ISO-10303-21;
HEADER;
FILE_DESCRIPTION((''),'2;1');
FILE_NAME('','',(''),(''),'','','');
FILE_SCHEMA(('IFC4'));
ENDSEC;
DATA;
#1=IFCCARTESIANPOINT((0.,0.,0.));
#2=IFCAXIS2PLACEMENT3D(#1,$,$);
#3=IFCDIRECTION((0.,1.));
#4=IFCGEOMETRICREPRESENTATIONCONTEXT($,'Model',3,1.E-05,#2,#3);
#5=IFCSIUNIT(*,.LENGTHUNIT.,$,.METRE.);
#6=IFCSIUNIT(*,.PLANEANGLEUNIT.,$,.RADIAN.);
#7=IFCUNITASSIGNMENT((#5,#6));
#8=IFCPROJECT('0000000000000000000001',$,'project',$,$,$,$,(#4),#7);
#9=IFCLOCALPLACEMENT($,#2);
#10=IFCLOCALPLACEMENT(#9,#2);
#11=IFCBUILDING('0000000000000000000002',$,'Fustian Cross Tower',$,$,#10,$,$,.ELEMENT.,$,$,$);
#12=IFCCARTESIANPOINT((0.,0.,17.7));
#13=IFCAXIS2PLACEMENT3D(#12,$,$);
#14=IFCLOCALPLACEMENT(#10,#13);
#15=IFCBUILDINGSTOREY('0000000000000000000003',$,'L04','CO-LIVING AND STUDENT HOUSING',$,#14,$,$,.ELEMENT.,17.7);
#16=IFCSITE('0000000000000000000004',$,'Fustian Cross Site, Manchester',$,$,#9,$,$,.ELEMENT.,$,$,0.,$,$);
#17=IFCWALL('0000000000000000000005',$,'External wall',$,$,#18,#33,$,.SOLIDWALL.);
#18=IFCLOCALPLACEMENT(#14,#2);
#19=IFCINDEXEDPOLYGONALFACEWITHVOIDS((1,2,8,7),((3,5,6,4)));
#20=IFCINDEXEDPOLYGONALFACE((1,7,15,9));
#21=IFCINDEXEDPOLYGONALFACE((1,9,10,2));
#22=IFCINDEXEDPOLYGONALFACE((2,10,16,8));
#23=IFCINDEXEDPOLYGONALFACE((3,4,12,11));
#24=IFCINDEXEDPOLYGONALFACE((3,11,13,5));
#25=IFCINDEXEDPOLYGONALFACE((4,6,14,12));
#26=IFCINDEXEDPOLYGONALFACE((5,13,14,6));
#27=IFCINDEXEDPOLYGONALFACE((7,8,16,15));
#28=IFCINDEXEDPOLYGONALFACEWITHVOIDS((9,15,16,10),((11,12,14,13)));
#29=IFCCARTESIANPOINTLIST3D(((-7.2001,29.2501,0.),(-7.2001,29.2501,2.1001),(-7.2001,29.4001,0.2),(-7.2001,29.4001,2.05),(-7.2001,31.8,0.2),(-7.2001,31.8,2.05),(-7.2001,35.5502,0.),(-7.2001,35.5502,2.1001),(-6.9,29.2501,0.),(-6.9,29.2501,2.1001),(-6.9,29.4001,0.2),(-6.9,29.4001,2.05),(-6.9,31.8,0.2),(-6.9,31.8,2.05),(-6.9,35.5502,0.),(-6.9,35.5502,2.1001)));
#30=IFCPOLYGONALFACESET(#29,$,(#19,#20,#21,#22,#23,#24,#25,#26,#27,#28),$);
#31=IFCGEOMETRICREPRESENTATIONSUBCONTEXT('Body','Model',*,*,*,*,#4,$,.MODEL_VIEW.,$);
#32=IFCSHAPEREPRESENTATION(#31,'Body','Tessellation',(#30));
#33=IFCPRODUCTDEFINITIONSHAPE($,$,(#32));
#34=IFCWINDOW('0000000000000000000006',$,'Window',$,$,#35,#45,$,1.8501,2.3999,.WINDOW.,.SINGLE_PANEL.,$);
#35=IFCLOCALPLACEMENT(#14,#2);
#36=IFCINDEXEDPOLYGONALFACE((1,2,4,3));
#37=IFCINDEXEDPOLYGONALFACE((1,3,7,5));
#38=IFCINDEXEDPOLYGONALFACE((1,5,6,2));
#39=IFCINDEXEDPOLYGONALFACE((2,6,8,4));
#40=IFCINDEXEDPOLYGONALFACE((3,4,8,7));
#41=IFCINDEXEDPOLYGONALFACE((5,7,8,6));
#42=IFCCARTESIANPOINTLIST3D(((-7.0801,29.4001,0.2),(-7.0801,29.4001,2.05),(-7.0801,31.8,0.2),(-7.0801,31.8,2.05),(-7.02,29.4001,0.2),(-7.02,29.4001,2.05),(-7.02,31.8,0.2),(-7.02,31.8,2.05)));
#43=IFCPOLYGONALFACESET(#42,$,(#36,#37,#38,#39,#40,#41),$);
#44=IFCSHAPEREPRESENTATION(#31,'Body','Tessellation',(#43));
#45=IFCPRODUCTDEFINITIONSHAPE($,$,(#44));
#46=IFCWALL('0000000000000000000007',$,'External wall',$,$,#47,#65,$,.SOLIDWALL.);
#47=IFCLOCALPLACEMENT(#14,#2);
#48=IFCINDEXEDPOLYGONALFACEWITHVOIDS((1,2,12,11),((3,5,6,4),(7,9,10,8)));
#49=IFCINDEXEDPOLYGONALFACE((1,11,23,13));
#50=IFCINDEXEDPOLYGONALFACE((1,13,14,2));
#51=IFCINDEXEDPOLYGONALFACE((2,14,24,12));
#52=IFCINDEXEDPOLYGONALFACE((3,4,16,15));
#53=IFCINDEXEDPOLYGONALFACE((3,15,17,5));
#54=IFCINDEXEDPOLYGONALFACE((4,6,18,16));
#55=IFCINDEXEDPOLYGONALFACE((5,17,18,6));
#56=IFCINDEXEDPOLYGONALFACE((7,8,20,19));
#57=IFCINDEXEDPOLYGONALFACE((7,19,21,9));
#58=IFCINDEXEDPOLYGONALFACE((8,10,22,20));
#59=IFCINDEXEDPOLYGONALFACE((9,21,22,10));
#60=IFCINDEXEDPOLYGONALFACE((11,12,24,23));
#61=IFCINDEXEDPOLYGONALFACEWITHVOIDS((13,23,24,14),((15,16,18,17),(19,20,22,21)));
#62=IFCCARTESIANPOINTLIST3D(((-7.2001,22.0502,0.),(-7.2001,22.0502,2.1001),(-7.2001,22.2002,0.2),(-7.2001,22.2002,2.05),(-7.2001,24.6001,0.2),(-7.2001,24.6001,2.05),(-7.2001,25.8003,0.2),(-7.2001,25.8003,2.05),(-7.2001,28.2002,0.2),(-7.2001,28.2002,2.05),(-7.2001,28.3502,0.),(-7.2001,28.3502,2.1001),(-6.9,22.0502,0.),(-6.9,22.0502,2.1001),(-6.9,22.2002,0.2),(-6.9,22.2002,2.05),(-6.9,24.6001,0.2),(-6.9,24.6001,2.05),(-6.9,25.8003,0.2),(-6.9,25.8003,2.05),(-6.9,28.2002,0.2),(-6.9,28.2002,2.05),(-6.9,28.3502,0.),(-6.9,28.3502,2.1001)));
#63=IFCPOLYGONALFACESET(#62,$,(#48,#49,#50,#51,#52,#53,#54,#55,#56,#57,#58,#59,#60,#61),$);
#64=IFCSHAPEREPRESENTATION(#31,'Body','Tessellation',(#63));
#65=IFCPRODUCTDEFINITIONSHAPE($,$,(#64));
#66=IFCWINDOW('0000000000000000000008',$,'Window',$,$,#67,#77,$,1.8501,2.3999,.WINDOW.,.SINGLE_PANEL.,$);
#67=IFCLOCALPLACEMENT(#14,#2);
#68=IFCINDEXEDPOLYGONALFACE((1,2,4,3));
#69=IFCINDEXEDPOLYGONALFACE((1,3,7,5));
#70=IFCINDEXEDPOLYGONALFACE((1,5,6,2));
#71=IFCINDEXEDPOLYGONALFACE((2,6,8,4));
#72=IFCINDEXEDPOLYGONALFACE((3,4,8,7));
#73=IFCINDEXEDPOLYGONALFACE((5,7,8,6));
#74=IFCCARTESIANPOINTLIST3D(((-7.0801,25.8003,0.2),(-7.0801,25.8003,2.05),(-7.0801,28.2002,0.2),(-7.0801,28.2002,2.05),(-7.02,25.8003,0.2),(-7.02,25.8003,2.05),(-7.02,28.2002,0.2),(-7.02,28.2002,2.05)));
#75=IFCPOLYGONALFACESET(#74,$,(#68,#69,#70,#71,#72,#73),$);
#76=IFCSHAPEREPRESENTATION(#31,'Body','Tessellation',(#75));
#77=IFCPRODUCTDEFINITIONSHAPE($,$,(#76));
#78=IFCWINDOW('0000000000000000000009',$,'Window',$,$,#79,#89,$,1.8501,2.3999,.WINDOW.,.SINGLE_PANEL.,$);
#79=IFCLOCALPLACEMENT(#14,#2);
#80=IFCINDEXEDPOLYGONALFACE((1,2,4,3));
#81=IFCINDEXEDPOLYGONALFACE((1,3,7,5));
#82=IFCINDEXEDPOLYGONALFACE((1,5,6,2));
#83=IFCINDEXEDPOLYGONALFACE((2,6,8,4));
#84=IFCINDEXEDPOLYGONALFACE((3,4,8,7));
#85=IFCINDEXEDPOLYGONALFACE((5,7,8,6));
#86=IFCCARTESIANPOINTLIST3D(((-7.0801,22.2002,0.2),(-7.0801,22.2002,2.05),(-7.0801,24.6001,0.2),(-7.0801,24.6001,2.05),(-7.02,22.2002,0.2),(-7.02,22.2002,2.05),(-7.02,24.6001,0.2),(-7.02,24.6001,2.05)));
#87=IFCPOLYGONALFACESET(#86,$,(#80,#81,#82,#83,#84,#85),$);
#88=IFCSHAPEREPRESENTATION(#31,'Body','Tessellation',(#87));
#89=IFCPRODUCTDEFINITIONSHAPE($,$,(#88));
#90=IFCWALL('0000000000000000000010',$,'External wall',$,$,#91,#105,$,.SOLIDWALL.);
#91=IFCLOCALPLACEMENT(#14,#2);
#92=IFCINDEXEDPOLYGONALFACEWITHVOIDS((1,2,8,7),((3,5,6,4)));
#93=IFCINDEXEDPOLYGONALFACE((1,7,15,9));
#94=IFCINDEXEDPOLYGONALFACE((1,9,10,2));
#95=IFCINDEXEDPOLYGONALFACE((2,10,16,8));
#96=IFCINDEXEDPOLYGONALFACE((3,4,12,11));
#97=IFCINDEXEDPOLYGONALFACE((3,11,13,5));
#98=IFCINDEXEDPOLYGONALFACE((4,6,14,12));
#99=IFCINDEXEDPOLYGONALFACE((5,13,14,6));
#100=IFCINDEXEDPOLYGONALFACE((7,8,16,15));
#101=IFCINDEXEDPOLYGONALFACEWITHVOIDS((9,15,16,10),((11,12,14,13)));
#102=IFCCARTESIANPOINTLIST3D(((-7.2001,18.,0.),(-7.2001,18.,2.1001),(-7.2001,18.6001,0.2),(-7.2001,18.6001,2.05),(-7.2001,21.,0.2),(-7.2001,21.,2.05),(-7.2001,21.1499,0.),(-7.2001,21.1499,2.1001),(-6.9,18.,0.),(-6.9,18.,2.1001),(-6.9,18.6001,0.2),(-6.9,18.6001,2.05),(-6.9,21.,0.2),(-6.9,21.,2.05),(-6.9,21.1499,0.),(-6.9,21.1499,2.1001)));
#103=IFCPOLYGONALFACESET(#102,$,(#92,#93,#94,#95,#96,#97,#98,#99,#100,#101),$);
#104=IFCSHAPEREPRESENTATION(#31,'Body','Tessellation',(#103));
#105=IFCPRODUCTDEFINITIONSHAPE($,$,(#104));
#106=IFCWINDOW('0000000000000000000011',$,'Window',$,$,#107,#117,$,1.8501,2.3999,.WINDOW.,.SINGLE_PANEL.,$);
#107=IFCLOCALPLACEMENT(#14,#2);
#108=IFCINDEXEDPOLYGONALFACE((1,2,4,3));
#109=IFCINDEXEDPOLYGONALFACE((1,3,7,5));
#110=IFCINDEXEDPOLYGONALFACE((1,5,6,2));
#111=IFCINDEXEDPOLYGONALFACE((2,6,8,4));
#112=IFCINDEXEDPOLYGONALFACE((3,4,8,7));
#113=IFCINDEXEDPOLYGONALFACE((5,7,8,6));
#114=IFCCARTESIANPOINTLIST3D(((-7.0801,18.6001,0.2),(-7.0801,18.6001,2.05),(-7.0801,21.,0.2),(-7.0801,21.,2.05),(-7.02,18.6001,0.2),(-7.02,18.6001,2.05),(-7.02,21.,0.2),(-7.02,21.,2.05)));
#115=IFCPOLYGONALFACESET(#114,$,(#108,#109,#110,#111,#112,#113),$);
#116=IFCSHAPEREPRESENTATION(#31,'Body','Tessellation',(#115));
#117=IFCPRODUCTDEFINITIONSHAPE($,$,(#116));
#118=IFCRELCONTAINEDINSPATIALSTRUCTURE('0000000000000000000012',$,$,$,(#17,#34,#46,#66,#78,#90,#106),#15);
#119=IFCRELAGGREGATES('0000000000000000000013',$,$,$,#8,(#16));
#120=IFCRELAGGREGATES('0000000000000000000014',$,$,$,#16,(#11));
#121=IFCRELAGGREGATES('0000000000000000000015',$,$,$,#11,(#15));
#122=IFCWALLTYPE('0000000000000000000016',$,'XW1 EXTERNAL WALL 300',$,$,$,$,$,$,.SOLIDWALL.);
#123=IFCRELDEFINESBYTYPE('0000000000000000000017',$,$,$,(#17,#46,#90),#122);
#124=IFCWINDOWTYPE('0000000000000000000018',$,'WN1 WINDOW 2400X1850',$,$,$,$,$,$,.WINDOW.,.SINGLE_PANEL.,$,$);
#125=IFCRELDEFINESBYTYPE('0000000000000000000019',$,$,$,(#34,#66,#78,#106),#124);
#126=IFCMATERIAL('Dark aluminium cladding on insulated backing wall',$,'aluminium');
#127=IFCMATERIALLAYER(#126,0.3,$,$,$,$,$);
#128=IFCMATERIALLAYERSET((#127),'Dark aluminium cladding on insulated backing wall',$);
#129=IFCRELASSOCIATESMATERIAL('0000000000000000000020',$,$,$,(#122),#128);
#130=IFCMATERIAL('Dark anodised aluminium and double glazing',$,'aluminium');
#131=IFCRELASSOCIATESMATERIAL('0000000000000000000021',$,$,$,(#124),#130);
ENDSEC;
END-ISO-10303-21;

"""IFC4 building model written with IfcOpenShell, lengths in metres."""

from ifc_helpers import new_model, si_unit, direction, frame, frame_2d, origin, place, context, subcontext, project, spatial, rectangle, extrude, material, layer, layer_set, type_object, element, fill, save


model = new_model("IFC4")

# Units and contexts
model_context = context("Model", 3, precision=1e-05, world=origin(), true_north=direction((0.0, 1.0)))
body_context = subcontext(model_context, "Body", "Model", "MODEL_VIEW")
ifc_project = project(units=[si_unit("LENGTHUNIT", "METRE"), si_unit("PLANEANGLEUNIT", "RADIAN")], contexts=[model_context])

# Site, building, storey
site_placement = place(None, origin())
site = spatial("IfcSite", under=ifc_project, at=site_placement, Name="Fustian Cross Site, Manchester", CompositionType="ELEMENT", RefElevation=0.0)
building_placement = place(site_placement, origin())
building = spatial("IfcBuilding", under=site, at=building_placement, Name="Fustian Cross Tower", CompositionType="ELEMENT")
storey_placement = place(building_placement, frame((0.0, 0.0, 17.7)))
storey = spatial("IfcBuildingStorey", under=building, at=storey_placement, Name="L04", Description="CO-LIVING AND STUDENT HOUSING", CompositionType="ELEMENT", Elevation=17.7)

# Wall, opening, window
ifc_material_1 = material(Name="Dark aluminium cladding on insulated backing wall", Category="aluminium")
ifc_layer_1 = layer(ifc_material_1, 0.3)
ifc_layer_set_1 = layer_set([ifc_layer_1], Name="Dark aluminium cladding on insulated backing wall")
wall_type_1 = type_object("IfcWallType", Name="XW1 EXTERNAL WALL 300", PredefinedType="SOLIDWALL", material=ifc_layer_set_1)
wall_1_placement = place(storey_placement, frame((-7.05, 35.55, 0.0), z_axis=(0.0, 0.0, 1.0), x_axis=(0.0, -1.0, 0.0)))
wall_1 = element("IfcWall", 1, at=wall_1_placement, inside=storey, type_object=wall_type_1, Name="External wall", PredefinedType="SOLIDWALL", context=body_context, shape_type="SweptSolid", body=[
    extrude(rectangle(XDim=6.3, YDim=0.3, at=frame_2d((3.1499, 0.0))), origin(), (0.0, 0.0, 1.0), 2.1001),
])
opening_1_placement = place(wall_1_placement, frame((3.75, 0.0, 0.2)))
opening_1 = element("IfcOpeningElement", 2, at=opening_1_placement, cuts=wall_1, PredefinedType="OPENING", context=body_context, shape_type="SweptSolid", body=[
    extrude(rectangle(XDim=2.3999, YDim=1.8501, at=frame_2d((1.2, 0.925))), frame((0.0, 0.1599, 0.0), z_axis=(0.0, -1.0, 0.0), x_axis=(1.0, 0.0, 0.0)), (0.0, 0.0, 1.0), 0.3201),
])
ifc_material_2 = material(Name="Dark anodised aluminium and double glazing", Category="aluminium")
window_type_1 = type_object("IfcWindowType", Name="WN1 WINDOW 2400X1850", PartitioningType="SINGLE_PANEL", PredefinedType="WINDOW", material=ifc_material_2)
window_1_placement = place(opening_1_placement, origin())
window_1 = element("IfcWindow", 3, at=window_1_placement, inside=storey, type_object=window_type_1, Name="Window", OverallHeight=1.8501, OverallWidth=2.3999, PartitioningType="SINGLE_PANEL", PredefinedType="WINDOW", context=body_context, shape_type="SweptSolid", body=[
    extrude(rectangle(XDim=2.3999, YDim=1.8501, at=frame_2d((1.2, 0.925))), frame((0.0, 0.03, 0.0), z_axis=(0.0, -1.0, 0.0), x_axis=(1.0, 0.0, 0.0)), (0.0, 0.0, 1.0), 0.0601),
])
fill(opening_1, window_1)

# Wall, openings, windows
wall_2_placement = place(storey_placement, frame((-7.05, 28.3501, 0.0), z_axis=(0.0, 0.0, 1.0), x_axis=(0.0, -1.0, 0.0)))
wall_2 = element("IfcWall", 4, at=wall_2_placement, inside=storey, type_object=wall_type_1, Name="External wall", PredefinedType="SOLIDWALL", context=body_context, shape_type="SweptSolid", body=[
    extrude(rectangle(XDim=6.3, YDim=0.3, at=frame_2d((3.1499, 0.0))), origin(), (0.0, 0.0, 1.0), 2.1001),
])
opening_2_placement = place(wall_2_placement, frame((0.1499, 0.0, 0.2)))
opening_2 = element("IfcOpeningElement", 5, at=opening_2_placement, cuts=wall_2, PredefinedType="OPENING", context=body_context, shape_type="SweptSolid", body=[
    extrude(rectangle(XDim=2.3999, YDim=1.8501, at=frame_2d((1.2, 0.925))), frame((0.0, 0.1599, 0.0), z_axis=(0.0, -1.0, 0.0), x_axis=(1.0, 0.0, 0.0)), (0.0, 0.0, 1.0), 0.3201),
])
opening_3_placement = place(wall_2_placement, frame((3.75, 0.0, 0.2)))
opening_3 = element("IfcOpeningElement", 6, at=opening_3_placement, cuts=wall_2, PredefinedType="OPENING", context=body_context, shape_type="SweptSolid", body=[
    extrude(rectangle(XDim=2.3999, YDim=1.8501, at=frame_2d((1.2, 0.925))), frame((0.0, 0.1599, 0.0), z_axis=(0.0, -1.0, 0.0), x_axis=(1.0, 0.0, 0.0)), (0.0, 0.0, 1.0), 0.3201),
])
window_2_placement = place(opening_2_placement, origin())
window_2 = element("IfcWindow", 7, at=window_2_placement, inside=storey, type_object=window_type_1, Name="Window", OverallHeight=1.8501, OverallWidth=2.3999, PartitioningType="SINGLE_PANEL", PredefinedType="WINDOW", context=body_context, shape_type="SweptSolid", body=[
    extrude(rectangle(XDim=2.3999, YDim=1.8501, at=frame_2d((1.2, 0.925))), frame((0.0, 0.03, 0.0), z_axis=(0.0, -1.0, 0.0), x_axis=(1.0, 0.0, 0.0)), (0.0, 0.0, 1.0), 0.0601),
])
fill(opening_2, window_2)
window_3_placement = place(opening_3_placement, origin())
window_3 = element("IfcWindow", 8, at=window_3_placement, inside=storey, type_object=window_type_1, Name="Window", OverallHeight=1.8501, OverallWidth=2.3999, PartitioningType="SINGLE_PANEL", PredefinedType="WINDOW", context=body_context, shape_type="SweptSolid", body=[
    extrude(rectangle(XDim=2.3999, YDim=1.8501, at=frame_2d((1.2, 0.925))), frame((0.0, 0.03, 0.0), z_axis=(0.0, -1.0, 0.0), x_axis=(1.0, 0.0, 0.0)), (0.0, 0.0, 1.0), 0.0601),
])
fill(opening_3, window_3)

# Wall, opening, window
wall_3_placement = place(storey_placement, frame((-7.05, 21.1499, 0.0), z_axis=(0.0, 0.0, 1.0), x_axis=(0.0, -1.0, 0.0)))
wall_3 = element("IfcWall", 9, at=wall_3_placement, inside=storey, type_object=wall_type_1, Name="External wall", PredefinedType="SOLIDWALL", context=body_context, shape_type="SweptSolid", body=[
    extrude(rectangle(XDim=3.1499, YDim=0.3, at=frame_2d((1.575, 0.0))), origin(), (0.0, 0.0, 1.0), 2.1001),
])
opening_4_placement = place(wall_3_placement, frame((0.1499, 0.0, 0.2)))
opening_4 = element("IfcOpeningElement", 10, at=opening_4_placement, cuts=wall_3, PredefinedType="OPENING", context=body_context, shape_type="SweptSolid", body=[
    extrude(rectangle(XDim=2.3999, YDim=1.8501, at=frame_2d((1.2, 0.925))), frame((0.0, 0.1599, 0.0), z_axis=(0.0, -1.0, 0.0), x_axis=(1.0, 0.0, 0.0)), (0.0, 0.0, 1.0), 0.3201),
])
window_4_placement = place(opening_4_placement, origin())
window_4 = element("IfcWindow", 11, at=window_4_placement, inside=storey, type_object=window_type_1, Name="Window", OverallHeight=1.8501, OverallWidth=2.3999, PartitioningType="SINGLE_PANEL", PredefinedType="WINDOW", context=body_context, shape_type="SweptSolid", body=[
    extrude(rectangle(XDim=2.3999, YDim=1.8501, at=frame_2d((1.2, 0.925))), frame((0.0, 0.03, 0.0), z_axis=(0.0, -1.0, 0.0), x_axis=(1.0, 0.0, 0.0)), (0.0, 0.0, 1.0), 0.0601),
])
fill(opening_4, window_4)

save(model, "model.ifc")
